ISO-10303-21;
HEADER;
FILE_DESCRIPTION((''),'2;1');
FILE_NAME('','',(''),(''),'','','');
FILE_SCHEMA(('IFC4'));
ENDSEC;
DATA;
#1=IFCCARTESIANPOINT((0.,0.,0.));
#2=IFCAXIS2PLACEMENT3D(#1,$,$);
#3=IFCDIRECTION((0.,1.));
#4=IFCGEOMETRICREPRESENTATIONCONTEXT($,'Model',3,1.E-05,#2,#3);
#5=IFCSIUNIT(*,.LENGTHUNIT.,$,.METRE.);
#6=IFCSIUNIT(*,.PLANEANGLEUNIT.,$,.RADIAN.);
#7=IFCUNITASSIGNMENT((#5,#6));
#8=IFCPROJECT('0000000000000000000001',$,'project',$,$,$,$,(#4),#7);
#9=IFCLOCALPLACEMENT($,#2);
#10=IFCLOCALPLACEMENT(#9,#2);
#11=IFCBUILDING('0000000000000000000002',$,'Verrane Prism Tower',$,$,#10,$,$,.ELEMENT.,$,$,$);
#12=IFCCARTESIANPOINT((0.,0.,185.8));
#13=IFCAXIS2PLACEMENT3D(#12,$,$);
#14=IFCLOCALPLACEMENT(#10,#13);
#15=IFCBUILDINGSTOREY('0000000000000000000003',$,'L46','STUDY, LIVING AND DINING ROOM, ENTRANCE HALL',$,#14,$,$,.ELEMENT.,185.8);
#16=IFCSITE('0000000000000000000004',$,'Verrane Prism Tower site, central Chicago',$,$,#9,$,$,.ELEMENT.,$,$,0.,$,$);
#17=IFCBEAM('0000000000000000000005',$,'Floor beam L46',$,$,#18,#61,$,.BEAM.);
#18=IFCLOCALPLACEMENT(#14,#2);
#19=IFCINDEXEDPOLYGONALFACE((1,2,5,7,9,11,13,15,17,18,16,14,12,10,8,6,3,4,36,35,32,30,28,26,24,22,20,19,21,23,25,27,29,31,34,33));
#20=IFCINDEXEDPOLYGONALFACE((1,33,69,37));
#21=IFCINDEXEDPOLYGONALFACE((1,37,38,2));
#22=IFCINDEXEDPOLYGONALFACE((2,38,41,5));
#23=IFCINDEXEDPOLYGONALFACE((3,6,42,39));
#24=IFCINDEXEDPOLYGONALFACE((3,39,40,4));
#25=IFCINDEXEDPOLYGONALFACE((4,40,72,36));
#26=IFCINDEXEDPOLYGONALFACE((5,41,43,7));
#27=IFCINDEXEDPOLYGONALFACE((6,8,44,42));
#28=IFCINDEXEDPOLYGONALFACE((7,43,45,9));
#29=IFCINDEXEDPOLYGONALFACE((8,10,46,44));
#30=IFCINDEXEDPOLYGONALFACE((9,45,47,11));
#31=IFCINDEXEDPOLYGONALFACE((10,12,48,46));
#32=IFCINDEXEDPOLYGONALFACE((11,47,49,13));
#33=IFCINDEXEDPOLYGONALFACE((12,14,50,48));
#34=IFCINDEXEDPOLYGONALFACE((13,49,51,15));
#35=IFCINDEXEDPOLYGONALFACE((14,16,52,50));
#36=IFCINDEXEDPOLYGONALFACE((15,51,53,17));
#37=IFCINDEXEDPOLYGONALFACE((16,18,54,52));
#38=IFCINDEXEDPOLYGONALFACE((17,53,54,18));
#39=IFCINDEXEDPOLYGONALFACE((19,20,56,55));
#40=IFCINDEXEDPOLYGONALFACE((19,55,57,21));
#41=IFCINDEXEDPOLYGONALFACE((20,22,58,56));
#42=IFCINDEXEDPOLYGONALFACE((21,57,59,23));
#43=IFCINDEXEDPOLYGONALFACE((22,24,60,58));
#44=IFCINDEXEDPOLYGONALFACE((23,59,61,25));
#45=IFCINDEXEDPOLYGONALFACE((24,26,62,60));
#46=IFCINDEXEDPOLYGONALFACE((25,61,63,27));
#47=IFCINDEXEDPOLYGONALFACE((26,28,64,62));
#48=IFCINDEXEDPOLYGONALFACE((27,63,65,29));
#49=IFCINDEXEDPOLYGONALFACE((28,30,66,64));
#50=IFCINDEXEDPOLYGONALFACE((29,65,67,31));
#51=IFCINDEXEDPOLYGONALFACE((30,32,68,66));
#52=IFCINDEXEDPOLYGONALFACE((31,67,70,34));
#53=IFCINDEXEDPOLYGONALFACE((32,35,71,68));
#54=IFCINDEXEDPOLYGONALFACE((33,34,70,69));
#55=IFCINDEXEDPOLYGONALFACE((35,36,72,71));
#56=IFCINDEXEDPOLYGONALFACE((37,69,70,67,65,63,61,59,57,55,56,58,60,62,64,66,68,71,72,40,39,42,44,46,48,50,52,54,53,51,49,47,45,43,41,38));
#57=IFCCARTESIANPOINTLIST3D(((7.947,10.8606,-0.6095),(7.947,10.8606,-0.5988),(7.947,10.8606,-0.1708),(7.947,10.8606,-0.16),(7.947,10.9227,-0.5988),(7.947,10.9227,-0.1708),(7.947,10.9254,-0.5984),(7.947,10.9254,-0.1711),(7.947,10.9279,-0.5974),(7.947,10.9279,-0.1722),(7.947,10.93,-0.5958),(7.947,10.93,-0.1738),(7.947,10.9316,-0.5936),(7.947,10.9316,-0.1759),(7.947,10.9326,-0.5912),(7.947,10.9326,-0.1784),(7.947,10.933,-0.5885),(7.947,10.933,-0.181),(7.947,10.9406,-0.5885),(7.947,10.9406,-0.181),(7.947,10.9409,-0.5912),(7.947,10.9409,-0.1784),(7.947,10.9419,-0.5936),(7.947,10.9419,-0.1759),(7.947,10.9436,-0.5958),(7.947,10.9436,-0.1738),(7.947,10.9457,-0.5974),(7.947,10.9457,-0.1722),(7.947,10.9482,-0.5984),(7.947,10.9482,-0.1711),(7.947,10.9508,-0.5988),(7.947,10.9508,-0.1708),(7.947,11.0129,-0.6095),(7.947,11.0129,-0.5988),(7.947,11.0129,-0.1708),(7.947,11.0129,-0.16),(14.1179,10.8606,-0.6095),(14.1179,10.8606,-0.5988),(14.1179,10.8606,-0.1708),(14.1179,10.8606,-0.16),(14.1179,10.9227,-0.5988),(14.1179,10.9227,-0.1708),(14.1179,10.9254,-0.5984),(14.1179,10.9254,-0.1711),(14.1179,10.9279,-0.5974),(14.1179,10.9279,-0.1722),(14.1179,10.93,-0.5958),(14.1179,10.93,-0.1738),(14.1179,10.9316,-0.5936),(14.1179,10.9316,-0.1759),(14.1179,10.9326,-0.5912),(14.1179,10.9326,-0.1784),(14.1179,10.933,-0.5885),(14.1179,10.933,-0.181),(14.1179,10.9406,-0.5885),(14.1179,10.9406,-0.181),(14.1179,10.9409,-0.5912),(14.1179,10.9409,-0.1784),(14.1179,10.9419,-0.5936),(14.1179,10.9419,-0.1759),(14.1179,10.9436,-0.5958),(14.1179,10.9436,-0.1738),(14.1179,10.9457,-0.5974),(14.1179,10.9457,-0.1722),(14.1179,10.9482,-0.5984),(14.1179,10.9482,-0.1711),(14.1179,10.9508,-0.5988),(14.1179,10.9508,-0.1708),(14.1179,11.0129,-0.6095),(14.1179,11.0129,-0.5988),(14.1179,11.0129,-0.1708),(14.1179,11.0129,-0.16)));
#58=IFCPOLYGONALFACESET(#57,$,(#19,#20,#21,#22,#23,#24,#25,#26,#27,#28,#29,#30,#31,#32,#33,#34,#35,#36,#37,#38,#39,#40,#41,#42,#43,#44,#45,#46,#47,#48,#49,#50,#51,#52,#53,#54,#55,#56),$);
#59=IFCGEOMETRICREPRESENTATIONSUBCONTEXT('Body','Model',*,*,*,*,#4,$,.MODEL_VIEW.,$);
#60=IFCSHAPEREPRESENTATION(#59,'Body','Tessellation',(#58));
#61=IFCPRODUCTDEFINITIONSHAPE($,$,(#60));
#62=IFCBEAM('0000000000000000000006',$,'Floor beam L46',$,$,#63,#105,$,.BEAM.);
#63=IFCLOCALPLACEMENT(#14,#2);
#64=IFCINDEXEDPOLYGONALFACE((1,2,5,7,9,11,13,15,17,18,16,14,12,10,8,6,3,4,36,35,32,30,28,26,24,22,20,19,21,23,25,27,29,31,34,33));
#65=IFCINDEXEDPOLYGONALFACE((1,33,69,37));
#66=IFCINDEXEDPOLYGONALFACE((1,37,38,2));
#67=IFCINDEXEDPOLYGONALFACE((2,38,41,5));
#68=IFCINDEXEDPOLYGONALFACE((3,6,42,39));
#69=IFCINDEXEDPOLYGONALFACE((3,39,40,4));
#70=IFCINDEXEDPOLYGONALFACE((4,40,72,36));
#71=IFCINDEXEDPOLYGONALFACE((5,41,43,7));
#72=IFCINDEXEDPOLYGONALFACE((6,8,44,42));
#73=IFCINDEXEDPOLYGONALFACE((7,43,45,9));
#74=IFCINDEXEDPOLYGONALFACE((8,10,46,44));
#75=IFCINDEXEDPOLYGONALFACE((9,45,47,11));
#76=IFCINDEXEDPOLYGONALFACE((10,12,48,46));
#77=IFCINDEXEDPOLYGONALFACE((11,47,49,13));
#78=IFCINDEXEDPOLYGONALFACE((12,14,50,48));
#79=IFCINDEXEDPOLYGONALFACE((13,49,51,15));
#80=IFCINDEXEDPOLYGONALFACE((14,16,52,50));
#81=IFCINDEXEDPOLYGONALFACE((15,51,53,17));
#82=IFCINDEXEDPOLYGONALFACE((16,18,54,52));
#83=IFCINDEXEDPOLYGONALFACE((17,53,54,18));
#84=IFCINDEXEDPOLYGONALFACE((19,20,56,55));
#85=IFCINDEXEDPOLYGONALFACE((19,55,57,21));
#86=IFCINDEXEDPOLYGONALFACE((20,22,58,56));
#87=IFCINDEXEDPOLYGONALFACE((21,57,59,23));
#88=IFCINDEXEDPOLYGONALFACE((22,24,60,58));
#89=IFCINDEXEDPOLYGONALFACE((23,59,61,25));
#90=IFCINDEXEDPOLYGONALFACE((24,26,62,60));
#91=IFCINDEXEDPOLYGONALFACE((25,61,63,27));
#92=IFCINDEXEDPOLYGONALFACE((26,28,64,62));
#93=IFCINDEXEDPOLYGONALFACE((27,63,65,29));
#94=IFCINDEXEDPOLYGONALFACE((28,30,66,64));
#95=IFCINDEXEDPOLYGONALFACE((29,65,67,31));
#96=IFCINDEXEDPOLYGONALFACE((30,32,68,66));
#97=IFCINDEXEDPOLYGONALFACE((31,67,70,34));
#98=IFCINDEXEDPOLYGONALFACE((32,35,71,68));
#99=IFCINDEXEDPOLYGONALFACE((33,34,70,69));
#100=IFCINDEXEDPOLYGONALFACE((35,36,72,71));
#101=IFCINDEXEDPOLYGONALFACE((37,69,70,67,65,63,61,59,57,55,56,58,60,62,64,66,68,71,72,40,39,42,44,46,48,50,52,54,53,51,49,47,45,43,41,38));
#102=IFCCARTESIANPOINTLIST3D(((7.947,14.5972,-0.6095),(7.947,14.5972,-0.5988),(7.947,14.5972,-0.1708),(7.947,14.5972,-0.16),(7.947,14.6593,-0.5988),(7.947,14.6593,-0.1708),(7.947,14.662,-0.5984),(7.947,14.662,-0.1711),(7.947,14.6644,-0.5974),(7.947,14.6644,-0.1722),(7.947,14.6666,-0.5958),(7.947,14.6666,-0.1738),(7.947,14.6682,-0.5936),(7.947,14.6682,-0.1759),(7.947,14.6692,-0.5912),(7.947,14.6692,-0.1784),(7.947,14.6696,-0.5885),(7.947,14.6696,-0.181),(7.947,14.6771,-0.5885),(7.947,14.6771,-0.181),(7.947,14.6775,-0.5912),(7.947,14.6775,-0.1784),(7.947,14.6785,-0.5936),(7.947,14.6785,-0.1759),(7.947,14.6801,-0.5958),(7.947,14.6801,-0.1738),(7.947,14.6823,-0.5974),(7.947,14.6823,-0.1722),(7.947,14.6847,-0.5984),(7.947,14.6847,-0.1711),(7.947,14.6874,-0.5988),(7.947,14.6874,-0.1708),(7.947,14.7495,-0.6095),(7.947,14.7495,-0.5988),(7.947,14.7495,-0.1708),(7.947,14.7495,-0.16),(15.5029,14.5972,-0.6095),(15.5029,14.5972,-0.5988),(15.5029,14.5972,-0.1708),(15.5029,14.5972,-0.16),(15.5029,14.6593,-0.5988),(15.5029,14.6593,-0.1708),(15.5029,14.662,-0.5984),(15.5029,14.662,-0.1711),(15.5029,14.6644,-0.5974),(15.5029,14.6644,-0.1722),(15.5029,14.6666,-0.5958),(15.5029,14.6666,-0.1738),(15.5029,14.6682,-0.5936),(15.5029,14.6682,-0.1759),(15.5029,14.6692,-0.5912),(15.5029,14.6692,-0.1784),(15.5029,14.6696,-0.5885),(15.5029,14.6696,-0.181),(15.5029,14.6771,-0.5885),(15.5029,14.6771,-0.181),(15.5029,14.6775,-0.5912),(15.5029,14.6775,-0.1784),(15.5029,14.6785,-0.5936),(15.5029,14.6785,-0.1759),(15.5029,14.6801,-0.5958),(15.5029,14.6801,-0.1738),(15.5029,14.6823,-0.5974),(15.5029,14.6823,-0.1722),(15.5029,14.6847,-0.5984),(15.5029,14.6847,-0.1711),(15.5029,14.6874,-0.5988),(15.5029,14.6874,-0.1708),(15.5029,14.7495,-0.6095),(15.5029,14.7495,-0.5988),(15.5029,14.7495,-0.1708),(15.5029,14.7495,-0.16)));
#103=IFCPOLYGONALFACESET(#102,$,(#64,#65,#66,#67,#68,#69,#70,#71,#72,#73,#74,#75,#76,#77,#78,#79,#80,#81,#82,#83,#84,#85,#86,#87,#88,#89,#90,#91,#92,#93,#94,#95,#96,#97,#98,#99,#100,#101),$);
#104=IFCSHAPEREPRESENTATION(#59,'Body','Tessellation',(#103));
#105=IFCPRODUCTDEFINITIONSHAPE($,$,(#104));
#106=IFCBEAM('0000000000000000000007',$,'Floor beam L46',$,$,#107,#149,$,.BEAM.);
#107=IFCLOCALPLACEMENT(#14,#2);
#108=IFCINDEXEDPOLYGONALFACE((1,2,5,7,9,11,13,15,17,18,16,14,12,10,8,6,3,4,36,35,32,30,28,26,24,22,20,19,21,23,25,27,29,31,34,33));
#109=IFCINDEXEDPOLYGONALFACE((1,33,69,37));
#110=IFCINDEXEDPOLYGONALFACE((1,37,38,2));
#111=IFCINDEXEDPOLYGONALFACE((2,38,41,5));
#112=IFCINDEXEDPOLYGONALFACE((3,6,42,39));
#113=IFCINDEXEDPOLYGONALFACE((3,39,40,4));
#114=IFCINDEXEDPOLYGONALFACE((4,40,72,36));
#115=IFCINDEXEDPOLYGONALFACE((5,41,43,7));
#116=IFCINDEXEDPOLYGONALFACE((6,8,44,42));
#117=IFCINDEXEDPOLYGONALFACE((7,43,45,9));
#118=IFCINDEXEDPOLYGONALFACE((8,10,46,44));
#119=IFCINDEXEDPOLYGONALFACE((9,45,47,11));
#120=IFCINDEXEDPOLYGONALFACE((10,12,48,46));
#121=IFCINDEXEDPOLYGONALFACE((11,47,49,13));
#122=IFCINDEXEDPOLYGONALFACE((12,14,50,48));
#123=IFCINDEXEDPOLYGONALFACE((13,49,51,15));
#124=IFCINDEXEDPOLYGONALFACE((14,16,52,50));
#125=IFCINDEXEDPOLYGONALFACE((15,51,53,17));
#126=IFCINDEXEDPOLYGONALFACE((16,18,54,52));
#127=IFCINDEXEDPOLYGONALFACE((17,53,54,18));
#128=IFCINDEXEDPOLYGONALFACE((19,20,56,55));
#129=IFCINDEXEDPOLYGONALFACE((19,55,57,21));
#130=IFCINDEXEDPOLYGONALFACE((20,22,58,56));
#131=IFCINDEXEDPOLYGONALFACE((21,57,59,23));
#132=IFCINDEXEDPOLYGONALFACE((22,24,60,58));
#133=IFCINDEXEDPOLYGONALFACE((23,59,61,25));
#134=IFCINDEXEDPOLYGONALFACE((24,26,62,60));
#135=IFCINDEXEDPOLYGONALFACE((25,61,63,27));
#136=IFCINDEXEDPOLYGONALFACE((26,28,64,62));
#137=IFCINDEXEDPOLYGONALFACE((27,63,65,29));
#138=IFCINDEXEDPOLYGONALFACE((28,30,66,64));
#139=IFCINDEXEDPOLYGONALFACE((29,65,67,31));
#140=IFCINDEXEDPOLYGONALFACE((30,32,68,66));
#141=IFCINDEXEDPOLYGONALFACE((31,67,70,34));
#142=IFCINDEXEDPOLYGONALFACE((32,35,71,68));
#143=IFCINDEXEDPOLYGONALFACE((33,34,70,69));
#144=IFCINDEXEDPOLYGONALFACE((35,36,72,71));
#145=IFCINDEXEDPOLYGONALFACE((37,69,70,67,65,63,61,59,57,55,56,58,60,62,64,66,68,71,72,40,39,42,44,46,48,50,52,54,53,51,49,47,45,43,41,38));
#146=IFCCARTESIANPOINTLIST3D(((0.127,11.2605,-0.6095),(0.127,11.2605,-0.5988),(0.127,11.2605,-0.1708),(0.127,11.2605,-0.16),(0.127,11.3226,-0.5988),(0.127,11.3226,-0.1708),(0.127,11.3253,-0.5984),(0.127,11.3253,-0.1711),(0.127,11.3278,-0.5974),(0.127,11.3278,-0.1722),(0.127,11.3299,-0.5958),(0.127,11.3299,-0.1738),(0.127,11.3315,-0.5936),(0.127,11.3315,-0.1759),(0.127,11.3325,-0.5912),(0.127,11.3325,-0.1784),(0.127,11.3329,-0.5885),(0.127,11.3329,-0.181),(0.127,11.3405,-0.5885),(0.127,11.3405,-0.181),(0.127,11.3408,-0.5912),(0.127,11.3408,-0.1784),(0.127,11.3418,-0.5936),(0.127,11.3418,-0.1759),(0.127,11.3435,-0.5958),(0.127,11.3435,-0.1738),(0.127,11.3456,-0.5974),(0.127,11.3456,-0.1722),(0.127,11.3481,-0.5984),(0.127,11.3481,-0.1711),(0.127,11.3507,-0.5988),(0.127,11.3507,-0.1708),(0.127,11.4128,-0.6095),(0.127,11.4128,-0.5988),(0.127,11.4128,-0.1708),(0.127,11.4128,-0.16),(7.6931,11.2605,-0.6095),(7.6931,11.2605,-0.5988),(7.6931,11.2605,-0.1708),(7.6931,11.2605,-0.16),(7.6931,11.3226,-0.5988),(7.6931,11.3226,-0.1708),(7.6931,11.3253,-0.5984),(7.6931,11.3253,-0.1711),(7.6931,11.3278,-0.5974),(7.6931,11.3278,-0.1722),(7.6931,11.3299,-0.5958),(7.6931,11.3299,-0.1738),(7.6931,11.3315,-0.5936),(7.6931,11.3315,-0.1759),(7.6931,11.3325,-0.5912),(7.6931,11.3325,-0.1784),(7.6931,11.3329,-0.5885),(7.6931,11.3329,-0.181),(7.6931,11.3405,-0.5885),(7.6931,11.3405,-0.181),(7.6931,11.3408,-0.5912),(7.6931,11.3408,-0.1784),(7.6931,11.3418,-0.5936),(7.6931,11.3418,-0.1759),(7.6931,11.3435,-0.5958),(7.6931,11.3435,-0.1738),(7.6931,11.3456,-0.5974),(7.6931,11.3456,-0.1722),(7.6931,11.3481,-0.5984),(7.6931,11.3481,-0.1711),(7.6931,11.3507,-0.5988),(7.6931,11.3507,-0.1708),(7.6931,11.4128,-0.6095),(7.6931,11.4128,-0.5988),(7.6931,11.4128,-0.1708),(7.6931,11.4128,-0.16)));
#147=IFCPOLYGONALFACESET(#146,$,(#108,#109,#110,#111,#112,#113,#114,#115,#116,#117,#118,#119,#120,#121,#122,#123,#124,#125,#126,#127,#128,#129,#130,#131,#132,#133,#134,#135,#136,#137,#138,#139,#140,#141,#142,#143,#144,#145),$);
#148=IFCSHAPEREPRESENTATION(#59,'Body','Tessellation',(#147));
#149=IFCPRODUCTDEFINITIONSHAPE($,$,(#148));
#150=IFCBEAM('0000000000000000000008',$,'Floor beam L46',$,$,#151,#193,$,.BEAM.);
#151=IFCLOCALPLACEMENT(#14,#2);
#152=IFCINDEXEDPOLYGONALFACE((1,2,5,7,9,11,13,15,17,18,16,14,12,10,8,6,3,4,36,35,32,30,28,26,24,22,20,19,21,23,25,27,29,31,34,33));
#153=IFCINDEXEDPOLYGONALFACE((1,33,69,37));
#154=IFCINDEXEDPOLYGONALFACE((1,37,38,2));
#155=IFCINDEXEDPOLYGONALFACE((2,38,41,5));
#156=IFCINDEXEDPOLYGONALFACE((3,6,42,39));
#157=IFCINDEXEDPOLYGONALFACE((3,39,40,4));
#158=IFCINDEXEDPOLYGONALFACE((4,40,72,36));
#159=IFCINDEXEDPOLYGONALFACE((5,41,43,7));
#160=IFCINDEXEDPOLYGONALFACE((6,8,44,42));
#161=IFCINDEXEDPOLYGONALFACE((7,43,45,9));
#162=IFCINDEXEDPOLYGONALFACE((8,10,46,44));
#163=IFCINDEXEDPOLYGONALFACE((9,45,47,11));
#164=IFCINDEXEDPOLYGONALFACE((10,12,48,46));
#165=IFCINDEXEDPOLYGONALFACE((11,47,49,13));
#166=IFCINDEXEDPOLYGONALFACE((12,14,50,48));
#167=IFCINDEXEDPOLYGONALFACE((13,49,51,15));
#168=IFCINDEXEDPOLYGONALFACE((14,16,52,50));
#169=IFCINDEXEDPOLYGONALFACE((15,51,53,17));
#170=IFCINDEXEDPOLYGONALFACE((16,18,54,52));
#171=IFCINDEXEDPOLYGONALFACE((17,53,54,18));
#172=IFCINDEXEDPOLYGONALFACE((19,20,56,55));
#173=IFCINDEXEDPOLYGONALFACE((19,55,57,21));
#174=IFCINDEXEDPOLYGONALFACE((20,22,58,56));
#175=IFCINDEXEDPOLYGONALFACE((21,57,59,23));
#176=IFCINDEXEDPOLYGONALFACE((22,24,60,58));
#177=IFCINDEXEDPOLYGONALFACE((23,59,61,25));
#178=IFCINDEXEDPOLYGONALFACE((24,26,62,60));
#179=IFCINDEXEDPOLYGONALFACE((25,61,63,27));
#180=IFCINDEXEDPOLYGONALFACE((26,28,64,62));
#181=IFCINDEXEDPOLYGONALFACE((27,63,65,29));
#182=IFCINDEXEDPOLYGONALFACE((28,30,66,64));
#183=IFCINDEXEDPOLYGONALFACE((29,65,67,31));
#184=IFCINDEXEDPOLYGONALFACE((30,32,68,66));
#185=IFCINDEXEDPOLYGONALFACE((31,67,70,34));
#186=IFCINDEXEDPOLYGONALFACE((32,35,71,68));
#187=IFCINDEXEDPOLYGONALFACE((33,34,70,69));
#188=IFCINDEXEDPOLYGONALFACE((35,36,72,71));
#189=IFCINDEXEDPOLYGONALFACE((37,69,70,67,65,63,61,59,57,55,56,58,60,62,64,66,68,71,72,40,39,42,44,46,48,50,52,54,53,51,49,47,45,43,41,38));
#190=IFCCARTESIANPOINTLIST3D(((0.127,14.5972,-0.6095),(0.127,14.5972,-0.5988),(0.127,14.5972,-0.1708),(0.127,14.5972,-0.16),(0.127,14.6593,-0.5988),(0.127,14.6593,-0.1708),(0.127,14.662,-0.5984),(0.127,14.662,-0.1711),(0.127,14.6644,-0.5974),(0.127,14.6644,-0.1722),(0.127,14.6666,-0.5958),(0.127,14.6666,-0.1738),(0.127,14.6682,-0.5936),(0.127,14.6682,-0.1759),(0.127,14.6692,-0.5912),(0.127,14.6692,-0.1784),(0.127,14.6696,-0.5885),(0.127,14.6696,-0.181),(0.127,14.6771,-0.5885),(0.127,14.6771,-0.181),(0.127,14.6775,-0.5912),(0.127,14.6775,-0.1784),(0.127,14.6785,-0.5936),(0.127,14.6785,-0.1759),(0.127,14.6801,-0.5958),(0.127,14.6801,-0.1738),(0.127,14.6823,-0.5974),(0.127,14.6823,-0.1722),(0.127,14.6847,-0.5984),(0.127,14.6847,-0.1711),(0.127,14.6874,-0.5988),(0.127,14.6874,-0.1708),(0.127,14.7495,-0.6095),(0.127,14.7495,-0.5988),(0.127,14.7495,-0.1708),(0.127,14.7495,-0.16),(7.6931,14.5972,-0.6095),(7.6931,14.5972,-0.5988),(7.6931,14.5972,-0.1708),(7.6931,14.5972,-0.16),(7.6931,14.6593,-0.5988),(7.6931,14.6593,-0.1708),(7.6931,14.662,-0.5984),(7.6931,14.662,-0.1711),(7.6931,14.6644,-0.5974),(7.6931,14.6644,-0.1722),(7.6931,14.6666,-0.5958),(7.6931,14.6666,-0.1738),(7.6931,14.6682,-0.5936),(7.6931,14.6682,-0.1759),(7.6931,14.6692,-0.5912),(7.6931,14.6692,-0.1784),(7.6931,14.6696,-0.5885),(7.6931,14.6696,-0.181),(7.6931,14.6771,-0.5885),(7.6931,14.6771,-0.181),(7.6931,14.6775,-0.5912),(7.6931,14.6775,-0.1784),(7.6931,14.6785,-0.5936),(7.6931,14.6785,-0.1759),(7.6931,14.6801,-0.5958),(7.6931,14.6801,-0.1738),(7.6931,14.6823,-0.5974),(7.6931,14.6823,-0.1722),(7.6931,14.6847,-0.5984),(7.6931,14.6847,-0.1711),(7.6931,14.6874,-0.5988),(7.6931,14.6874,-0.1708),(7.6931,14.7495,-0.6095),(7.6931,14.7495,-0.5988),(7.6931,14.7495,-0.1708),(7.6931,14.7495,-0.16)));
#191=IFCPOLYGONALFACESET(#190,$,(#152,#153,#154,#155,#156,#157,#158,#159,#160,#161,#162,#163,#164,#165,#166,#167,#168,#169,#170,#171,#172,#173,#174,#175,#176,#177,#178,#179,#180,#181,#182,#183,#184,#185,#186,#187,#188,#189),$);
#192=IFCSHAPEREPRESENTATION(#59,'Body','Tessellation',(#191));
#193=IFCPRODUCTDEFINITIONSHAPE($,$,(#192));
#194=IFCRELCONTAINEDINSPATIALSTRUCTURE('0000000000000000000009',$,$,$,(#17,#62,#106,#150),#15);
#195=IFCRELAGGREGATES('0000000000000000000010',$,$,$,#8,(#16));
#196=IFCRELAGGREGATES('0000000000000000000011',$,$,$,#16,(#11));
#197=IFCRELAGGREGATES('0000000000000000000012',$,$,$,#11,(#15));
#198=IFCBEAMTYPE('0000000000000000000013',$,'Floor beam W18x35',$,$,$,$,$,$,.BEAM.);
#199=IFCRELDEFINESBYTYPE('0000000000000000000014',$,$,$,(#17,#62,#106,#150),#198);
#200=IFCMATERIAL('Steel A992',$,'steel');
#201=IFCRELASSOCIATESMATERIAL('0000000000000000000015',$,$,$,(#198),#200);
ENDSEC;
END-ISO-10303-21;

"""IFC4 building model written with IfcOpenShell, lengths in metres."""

from ifc_helpers import new_model, si_unit, direction, frame, origin, origin_2d, place, context, subcontext, project, spatial, i_section, extrude, material, material_profile, profile_set, type_object, element, save


model = new_model("IFC4")

# Units and contexts
model_context = context("Model", 3, precision=1e-05, world=origin(), true_north=direction((0.0, 1.0)))
body_context = subcontext(model_context, "Body", "Model", "MODEL_VIEW")
ifc_project = project(units=[si_unit("LENGTHUNIT", "METRE"), si_unit("PLANEANGLEUNIT", "RADIAN")], contexts=[model_context])

# Site, building, storey
site_placement = place(None, origin())
site = spatial("IfcSite", under=ifc_project, at=site_placement, Name="Verrane Prism Tower site, central Chicago", CompositionType="ELEMENT", RefElevation=0.0)
building_placement = place(site_placement, origin())
building = spatial("IfcBuilding", under=site, at=building_placement, Name="Verrane Prism Tower", CompositionType="ELEMENT")
storey_placement = place(building_placement, frame((0.0, 0.0, 185.8)))
storey = spatial("IfcBuildingStorey", under=building, at=storey_placement, Name="L46", Description="STUDY, LIVING AND DINING ROOM, ENTRANCE HALL", CompositionType="ELEMENT", Elevation=185.8)

# Beams
ifc_material_1 = material(Name="Steel A992", Category="steel")
ifc_material_profile_1 = material_profile(ifc_material_1, i_section(OverallWidth=0.1523, OverallDepth=0.4495, WebThickness=0.0076, FlangeThickness=0.0107, FilletRadius=0.0103, at=origin_2d()), Name="W18x35")
ifc_profile_set_1 = profile_set([ifc_material_profile_1], Name="Steel A992")
beam_type_1 = type_object("IfcBeamType", Name="Floor beam W18x35", PredefinedType="BEAM", material=ifc_profile_set_1)
beam_1_placement = place(storey_placement, frame((7.947, 10.9368, -0.3848), z_axis=(1.0, 0.0, 0.0), x_axis=(0.0, 1.0, 0.0)))
element("IfcBeam", 1, at=beam_1_placement, inside=storey, type_object=beam_type_1, Name="Floor beam L46", PredefinedType="BEAM", context=body_context, shape_type="SweptSolid", body=[
    extrude(i_section(OverallWidth=0.1523, OverallDepth=0.4495, WebThickness=0.0076, FlangeThickness=0.0107, FilletRadius=0.0103, at=origin_2d()), origin(), (0.0, 0.0, 1.0), 6.1709),
])
beam_2_placement = place(storey_placement, frame((7.947, 14.6733, -0.3848), z_axis=(1.0, 0.0, 0.0), x_axis=(0.0, 1.0, 0.0)))
element("IfcBeam", 2, at=beam_2_placement, inside=storey, type_object=beam_type_1, Name="Floor beam L46", PredefinedType="BEAM", context=body_context, shape_type="SweptSolid", body=[
    extrude(i_section(OverallWidth=0.1523, OverallDepth=0.4495, WebThickness=0.0076, FlangeThickness=0.0107, FilletRadius=0.0103, at=origin_2d()), origin(), (0.0, 0.0, 1.0), 7.5559),
])
for number, where, z_axis, x_axis, name in (
    (3, (0.127, 11.3367, -0.3848), (1.0, 0.0, 0.0), (0.0, 1.0, 0.0), "Floor beam L46"),
    (4, (0.127, 14.6733, -0.3848), (1.0, 0.0, 0.0), (0.0, 1.0, 0.0), "Floor beam L46"),
):
    element("IfcBeam", number, at=place(storey_placement, frame(where, z_axis=z_axis, x_axis=x_axis)), inside=storey, type_object=beam_type_1, Name=name, PredefinedType="BEAM", context=body_context, shape_type="SweptSolid", body=[
        extrude(i_section(OverallWidth=0.1523, OverallDepth=0.4495, WebThickness=0.0076, FlangeThickness=0.0107, FilletRadius=0.0103, at=origin_2d()), origin(), (0.0, 0.0, 1.0), 7.5662),
    ])

save(model, "model.ifc")
